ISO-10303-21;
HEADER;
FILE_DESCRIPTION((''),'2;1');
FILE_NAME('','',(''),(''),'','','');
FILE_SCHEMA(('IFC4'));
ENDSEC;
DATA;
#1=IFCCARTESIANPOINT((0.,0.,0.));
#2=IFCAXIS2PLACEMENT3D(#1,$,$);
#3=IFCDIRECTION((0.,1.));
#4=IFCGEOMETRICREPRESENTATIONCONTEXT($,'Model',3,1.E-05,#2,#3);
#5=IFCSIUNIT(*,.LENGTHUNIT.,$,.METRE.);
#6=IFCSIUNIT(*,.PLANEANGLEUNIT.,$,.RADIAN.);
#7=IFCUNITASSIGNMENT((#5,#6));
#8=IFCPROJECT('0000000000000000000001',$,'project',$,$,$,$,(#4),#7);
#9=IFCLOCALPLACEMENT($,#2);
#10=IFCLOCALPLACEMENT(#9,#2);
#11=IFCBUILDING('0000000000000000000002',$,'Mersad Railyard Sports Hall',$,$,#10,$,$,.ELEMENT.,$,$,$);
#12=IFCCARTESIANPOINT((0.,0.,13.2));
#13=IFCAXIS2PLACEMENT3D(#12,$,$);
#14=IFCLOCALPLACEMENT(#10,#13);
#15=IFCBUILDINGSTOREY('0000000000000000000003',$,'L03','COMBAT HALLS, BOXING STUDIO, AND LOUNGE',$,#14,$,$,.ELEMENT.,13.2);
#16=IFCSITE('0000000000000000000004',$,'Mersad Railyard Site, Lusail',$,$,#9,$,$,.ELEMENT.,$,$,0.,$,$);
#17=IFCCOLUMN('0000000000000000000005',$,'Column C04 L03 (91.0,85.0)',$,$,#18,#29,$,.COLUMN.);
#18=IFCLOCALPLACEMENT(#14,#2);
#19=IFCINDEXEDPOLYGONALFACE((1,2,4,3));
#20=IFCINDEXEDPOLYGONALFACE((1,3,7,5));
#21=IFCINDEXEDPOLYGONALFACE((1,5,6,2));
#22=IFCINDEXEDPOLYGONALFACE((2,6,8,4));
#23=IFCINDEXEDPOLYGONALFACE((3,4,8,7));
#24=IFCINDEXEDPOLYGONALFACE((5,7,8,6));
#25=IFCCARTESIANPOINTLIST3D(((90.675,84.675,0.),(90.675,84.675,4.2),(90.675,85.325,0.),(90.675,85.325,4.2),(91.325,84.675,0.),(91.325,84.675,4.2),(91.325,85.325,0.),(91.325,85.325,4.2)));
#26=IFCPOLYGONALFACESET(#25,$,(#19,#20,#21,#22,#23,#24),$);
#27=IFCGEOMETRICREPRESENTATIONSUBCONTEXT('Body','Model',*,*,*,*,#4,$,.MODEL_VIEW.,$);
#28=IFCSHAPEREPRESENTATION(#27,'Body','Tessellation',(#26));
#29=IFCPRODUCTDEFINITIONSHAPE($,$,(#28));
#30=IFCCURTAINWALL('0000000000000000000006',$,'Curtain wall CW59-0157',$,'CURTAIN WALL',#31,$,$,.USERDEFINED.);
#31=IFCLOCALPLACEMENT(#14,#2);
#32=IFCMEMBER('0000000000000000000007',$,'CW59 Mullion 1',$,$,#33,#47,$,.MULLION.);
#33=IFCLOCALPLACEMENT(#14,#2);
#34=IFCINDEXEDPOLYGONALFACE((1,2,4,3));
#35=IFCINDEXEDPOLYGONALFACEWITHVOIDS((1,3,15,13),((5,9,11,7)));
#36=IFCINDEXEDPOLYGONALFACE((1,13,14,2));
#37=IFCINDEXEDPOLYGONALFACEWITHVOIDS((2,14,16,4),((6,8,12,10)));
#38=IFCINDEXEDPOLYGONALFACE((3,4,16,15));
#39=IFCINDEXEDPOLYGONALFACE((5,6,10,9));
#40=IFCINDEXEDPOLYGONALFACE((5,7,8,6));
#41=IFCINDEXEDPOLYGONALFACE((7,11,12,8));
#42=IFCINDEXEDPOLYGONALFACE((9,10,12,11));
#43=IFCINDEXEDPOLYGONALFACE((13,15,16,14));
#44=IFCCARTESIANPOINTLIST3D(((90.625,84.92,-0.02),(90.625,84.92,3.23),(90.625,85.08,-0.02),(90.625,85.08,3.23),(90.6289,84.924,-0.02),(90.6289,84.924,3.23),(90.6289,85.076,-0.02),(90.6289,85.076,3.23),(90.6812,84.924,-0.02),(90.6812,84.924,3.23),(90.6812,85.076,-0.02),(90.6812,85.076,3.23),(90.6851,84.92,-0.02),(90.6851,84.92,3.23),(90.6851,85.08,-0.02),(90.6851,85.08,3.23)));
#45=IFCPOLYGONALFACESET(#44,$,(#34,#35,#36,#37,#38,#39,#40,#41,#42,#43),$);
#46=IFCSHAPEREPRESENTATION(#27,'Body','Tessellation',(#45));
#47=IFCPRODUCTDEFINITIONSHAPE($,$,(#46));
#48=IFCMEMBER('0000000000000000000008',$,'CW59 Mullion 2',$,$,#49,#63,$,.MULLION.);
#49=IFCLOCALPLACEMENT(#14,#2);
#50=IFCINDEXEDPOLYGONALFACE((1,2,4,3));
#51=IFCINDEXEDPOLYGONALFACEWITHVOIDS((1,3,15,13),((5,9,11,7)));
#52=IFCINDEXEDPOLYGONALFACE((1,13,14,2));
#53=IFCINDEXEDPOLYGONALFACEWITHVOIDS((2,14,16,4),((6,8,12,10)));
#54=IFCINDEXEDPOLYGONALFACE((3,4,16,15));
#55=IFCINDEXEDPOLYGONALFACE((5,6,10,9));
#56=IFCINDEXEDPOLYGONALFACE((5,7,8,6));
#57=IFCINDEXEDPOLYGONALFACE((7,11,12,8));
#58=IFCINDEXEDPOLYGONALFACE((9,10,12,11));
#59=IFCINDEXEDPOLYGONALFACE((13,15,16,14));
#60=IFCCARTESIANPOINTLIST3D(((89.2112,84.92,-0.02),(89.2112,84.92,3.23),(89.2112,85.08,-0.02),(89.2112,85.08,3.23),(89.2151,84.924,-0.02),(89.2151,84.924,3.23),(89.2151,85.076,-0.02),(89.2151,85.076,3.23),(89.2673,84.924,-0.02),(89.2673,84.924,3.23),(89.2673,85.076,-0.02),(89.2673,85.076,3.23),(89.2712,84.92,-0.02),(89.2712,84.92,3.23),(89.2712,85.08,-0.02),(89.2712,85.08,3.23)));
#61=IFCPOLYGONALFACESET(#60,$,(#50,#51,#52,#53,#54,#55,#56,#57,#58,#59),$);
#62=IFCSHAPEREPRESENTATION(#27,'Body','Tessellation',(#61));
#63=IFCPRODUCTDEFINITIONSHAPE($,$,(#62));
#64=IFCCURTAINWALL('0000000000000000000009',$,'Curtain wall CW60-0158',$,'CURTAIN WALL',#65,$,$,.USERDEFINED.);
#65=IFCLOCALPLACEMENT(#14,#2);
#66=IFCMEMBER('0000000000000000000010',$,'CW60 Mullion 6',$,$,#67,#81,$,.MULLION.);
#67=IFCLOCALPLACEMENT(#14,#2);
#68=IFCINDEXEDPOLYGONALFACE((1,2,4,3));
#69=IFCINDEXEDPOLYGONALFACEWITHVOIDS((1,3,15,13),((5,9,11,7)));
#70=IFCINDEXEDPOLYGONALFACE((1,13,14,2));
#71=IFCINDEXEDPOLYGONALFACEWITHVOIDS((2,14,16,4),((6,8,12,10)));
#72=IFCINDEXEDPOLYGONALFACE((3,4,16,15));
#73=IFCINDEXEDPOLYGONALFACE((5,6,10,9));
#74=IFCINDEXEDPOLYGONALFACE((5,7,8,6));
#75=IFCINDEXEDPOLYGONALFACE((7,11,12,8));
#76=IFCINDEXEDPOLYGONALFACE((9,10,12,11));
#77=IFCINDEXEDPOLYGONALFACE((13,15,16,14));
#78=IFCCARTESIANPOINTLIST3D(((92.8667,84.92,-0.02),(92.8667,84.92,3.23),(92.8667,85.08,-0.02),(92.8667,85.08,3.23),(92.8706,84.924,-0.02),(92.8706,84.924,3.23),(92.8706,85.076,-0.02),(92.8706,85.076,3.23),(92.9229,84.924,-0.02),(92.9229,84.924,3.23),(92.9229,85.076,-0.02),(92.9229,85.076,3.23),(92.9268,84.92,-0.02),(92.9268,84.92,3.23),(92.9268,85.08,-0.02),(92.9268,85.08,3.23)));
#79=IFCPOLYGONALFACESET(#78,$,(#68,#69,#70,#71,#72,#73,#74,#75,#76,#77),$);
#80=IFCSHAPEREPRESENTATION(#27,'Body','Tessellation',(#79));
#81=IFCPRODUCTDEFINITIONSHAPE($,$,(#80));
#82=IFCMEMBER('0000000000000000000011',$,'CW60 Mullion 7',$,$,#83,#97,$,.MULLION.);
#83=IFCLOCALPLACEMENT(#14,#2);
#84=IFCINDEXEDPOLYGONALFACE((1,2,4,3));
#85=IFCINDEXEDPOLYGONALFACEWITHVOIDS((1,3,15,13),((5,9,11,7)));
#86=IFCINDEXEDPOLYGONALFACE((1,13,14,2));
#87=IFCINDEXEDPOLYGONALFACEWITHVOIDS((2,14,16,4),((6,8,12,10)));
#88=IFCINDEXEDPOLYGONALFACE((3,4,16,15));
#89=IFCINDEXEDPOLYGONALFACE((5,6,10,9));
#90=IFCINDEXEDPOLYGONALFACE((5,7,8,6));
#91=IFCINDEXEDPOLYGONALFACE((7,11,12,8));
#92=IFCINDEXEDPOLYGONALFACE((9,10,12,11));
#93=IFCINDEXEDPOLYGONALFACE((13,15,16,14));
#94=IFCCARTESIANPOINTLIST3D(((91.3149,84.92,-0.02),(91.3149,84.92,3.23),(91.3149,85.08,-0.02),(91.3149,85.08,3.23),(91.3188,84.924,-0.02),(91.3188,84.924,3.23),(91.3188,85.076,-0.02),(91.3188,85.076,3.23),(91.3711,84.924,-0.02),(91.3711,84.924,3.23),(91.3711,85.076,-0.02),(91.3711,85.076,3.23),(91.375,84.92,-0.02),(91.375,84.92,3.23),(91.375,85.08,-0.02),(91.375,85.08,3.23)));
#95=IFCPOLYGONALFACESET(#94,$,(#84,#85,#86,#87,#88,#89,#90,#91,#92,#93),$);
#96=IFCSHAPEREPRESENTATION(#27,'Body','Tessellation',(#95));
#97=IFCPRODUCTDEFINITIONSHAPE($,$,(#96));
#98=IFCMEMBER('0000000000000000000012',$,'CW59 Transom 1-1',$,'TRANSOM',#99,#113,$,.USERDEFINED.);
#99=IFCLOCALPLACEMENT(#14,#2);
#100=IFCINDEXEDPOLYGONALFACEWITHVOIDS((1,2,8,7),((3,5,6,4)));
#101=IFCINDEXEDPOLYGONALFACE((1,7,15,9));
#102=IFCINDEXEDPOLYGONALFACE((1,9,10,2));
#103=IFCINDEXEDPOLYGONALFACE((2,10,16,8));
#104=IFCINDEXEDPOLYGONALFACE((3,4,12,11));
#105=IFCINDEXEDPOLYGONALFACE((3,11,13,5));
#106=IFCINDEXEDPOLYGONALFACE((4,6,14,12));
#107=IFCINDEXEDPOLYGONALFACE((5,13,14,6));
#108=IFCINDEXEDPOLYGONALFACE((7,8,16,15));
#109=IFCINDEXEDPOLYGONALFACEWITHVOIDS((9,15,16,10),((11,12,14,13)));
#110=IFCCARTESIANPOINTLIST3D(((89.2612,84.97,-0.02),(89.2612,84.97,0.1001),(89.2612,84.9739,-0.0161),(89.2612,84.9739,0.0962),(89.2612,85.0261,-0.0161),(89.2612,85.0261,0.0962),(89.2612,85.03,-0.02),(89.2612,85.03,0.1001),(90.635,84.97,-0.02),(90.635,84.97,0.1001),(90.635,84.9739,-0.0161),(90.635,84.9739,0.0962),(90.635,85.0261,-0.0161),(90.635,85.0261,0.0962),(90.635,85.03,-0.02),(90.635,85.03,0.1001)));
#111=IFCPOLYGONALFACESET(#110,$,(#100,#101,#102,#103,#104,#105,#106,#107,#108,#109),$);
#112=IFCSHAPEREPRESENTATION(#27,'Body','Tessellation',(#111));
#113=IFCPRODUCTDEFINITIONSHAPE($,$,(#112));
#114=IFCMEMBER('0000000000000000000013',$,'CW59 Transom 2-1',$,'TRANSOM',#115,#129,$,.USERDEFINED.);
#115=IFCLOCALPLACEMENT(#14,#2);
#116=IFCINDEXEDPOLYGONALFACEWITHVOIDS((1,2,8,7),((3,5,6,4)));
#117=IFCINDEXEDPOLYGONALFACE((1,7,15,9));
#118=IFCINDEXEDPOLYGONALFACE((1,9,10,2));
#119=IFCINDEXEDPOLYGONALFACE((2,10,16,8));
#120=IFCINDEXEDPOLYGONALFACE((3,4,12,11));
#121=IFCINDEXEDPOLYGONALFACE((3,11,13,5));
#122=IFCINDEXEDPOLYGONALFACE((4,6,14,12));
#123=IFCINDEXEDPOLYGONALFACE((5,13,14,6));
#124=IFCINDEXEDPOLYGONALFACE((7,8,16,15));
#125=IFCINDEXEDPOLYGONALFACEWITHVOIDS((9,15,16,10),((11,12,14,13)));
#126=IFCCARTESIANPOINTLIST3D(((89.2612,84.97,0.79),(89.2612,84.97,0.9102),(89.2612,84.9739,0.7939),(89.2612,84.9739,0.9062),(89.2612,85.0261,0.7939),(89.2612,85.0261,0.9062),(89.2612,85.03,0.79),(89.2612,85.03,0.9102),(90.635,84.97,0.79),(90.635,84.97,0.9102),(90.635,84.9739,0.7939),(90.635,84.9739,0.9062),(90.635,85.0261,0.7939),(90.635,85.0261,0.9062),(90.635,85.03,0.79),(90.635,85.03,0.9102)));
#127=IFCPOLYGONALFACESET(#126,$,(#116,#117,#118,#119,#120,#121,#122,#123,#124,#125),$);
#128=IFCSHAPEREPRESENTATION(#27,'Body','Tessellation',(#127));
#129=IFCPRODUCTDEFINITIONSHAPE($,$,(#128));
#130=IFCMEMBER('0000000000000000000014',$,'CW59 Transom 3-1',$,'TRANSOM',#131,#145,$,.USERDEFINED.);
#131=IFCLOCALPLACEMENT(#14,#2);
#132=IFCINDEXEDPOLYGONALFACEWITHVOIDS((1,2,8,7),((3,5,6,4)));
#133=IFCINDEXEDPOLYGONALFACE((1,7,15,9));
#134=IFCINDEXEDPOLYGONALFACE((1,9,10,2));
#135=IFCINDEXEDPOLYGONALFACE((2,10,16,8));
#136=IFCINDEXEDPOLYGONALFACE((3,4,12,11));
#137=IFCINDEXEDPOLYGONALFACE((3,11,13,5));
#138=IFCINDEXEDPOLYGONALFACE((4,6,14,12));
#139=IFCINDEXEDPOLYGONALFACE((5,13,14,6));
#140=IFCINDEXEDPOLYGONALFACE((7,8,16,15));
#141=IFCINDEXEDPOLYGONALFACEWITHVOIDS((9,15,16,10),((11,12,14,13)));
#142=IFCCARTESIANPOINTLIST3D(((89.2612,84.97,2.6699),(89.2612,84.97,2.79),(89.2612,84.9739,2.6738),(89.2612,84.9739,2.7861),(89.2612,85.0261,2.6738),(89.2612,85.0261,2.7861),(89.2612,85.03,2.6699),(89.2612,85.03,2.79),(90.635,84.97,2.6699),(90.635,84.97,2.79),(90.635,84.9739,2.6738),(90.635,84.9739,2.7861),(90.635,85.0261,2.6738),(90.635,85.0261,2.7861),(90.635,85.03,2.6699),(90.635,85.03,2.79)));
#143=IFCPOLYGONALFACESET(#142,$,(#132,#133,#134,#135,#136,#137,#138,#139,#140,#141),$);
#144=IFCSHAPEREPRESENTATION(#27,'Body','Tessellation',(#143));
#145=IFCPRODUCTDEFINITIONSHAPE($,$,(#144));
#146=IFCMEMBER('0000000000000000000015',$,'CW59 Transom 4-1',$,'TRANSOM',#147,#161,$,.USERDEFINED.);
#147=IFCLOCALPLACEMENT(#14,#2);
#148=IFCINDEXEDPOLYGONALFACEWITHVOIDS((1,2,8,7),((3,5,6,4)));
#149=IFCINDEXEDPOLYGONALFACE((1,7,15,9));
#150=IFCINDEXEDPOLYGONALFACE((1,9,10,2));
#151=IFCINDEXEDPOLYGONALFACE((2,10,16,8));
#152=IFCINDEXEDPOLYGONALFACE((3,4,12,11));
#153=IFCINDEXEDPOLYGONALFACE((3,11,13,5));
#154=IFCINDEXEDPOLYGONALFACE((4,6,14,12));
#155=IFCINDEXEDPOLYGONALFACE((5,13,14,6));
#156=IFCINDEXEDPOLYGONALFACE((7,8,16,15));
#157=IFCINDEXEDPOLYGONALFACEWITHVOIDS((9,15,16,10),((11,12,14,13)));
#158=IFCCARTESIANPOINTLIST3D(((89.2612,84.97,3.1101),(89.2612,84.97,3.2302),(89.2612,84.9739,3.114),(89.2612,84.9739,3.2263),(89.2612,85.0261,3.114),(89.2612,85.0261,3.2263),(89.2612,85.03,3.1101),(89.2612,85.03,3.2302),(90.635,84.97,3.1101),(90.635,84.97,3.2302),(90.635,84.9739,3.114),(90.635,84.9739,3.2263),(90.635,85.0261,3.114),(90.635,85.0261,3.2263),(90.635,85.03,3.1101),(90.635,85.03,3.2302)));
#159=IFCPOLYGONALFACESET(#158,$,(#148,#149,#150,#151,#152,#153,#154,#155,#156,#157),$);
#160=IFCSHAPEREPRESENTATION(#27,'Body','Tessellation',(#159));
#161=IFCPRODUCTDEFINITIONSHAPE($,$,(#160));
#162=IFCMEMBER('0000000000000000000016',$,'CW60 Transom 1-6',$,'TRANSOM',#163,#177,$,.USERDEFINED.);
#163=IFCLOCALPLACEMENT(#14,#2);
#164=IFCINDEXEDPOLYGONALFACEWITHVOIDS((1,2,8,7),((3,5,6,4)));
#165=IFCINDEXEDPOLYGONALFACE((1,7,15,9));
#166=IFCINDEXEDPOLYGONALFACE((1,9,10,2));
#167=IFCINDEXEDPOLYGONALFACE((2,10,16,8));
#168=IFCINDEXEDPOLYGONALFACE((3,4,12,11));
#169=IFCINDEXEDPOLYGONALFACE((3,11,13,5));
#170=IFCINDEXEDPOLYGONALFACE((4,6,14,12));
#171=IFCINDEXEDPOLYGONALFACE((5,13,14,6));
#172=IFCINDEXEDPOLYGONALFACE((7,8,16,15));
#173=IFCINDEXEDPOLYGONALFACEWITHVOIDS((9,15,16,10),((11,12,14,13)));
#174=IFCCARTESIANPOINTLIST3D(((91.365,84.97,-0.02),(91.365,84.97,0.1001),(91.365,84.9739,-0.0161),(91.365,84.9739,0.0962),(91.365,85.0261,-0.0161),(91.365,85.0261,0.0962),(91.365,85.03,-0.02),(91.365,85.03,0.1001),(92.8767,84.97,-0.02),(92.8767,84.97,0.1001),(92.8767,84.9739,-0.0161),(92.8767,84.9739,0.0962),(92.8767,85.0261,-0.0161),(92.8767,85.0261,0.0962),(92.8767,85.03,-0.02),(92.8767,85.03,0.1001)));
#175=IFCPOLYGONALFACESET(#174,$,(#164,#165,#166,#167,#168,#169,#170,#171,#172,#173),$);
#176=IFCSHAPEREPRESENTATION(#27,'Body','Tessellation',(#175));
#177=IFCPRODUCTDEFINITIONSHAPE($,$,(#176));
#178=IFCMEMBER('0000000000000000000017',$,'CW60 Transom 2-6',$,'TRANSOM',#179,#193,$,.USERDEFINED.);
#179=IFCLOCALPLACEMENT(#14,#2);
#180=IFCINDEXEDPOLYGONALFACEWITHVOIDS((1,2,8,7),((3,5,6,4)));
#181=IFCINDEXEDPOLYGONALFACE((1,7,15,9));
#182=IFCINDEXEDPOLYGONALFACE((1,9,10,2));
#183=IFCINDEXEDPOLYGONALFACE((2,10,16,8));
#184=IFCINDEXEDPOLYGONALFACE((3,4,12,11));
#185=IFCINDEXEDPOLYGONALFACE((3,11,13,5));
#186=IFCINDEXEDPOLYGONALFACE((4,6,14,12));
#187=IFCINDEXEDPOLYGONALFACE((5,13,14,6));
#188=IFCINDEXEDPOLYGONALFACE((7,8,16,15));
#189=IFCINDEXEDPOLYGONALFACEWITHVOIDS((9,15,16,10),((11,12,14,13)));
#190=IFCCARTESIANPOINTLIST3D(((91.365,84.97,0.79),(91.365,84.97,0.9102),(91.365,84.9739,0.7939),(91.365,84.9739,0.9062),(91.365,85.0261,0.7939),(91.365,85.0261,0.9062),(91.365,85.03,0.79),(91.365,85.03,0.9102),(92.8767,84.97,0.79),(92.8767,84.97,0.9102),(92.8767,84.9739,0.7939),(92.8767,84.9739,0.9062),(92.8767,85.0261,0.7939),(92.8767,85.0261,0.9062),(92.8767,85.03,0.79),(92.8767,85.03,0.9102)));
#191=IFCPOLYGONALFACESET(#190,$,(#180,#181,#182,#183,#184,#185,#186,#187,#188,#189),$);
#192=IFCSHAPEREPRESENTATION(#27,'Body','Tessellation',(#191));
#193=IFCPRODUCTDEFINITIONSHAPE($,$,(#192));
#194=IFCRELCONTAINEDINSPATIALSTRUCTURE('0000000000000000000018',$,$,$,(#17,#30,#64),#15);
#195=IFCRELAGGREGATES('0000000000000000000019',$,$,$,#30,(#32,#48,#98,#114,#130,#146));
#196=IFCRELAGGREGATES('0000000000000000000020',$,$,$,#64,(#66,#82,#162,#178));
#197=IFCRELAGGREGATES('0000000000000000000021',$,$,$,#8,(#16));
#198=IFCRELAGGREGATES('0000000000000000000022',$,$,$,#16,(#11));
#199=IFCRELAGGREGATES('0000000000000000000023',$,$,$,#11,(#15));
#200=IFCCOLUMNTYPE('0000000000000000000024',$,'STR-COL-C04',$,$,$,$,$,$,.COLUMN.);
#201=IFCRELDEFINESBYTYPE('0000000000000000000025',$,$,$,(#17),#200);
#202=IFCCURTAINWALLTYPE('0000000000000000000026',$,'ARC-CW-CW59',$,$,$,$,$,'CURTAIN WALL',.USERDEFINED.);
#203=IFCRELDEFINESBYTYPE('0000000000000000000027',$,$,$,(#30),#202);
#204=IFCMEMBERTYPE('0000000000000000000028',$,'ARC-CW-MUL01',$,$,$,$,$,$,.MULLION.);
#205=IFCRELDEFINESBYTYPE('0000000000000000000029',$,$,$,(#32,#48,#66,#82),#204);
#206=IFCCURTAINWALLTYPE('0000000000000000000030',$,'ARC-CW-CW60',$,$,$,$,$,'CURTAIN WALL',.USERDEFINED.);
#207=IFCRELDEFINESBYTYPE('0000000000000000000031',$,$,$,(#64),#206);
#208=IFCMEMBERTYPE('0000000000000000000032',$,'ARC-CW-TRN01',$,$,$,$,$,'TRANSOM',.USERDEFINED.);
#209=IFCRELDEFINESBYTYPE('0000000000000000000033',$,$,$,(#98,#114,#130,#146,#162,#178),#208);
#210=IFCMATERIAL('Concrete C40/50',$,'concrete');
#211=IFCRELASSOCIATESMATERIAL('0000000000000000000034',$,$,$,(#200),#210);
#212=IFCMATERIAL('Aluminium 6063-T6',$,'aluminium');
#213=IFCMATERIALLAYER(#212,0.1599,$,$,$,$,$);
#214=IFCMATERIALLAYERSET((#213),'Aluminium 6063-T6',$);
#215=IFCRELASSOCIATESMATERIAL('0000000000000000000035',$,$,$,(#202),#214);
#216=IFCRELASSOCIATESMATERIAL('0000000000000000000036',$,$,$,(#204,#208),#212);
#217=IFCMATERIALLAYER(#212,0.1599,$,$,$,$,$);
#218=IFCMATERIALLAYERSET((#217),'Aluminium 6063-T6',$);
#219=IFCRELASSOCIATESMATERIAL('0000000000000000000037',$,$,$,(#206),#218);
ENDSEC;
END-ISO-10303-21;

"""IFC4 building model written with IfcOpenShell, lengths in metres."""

from ifc_helpers import new_model, si_unit, direction, frame, origin, origin_2d, place, context, subcontext, project, spatial, rectangle, hollow_rectangle, extrude, material, layer, layer_set, material_profile, profile_set, type_object, element, aggregate, save


model = new_model("IFC4")

# Units and contexts
model_context = context("Model", 3, precision=1e-05, world=origin(), true_north=direction((0.0, 1.0)))
body_context = subcontext(model_context, "Body", "Model", "MODEL_VIEW")
ifc_project = project(units=[si_unit("LENGTHUNIT", "METRE"), si_unit("PLANEANGLEUNIT", "RADIAN")], contexts=[model_context])

# Site, building, storey
site_placement = place(None, origin())
site = spatial("IfcSite", under=ifc_project, at=site_placement, Name="Mersad Railyard Site, Lusail", CompositionType="ELEMENT", RefElevation=0.0)
building_placement = place(site_placement, origin())
building = spatial("IfcBuilding", under=site, at=building_placement, Name="Mersad Railyard Sports Hall", CompositionType="ELEMENT")
storey_placement = place(building_placement, frame((0.0, 0.0, 13.2)))
storey = spatial("IfcBuildingStorey", under=building, at=storey_placement, Name="L03", Description="COMBAT HALLS, BOXING STUDIO, AND LOUNGE", CompositionType="ELEMENT", Elevation=13.2)

# Column
ifc_material_1 = material(Name="Concrete C40/50", Category="concrete")
ifc_material_profile_1 = material_profile(ifc_material_1, rectangle(XDim=0.6499, YDim=0.6499, at=origin_2d()), Name="RC 650x650")
ifc_profile_set_1 = profile_set([ifc_material_profile_1], Name="Concrete C40/50")
column_type = type_object("IfcColumnType", Name="STR-COL-C04", PredefinedType="COLUMN", material=ifc_profile_set_1)
column_placement = place(storey_placement, frame((91.0, 85.0, 0.0), z_axis=(0.0, 0.0, 1.0), x_axis=(1.0, 0.0, 0.0)))
element("IfcColumn", 1, at=column_placement, inside=storey, type_object=column_type, Name="Column C04 L03 (91.0,85.0)", PredefinedType="COLUMN", context=body_context, shape_type="SweptSolid", body=[
    extrude(rectangle(XDim=0.6499, YDim=0.6499, at=origin_2d()), origin(), (0.0, 0.0, 1.0), 4.2),
])

# Curtain walls, members
ifc_material_2 = material(Name="Aluminium 6063-T6", Category="aluminium")
ifc_layer_1 = layer(ifc_material_2, 0.1599)
ifc_layer_set_1 = layer_set([ifc_layer_1], Name="Aluminium 6063-T6")
curtain_wall_type_1 = type_object("IfcCurtainWallType", Name="ARC-CW-CW59", ElementType="CURTAIN WALL", PredefinedType="USERDEFINED", material=ifc_layer_set_1)
curtain_wall_1_placement = place(storey_placement, origin())
curtain_wall_1 = element("IfcCurtainWall", 2, at=curtain_wall_1_placement, inside=storey, type_object=curtain_wall_type_1, Name="Curtain wall CW59-0157", ObjectType="CURTAIN WALL", PredefinedType="USERDEFINED")
ifc_material_profile_2 = material_profile(ifc_material_2, hollow_rectangle(XDim=0.0601, YDim=0.1599, WallThickness=0.0039, at=origin_2d()), Name="AL MULLION 60x160x4")
ifc_profile_set_2 = profile_set([ifc_material_profile_2], Name="Aluminium 6063-T6")
member_type_1 = type_object("IfcMemberType", Name="ARC-CW-MUL01", PredefinedType="MULLION", material=ifc_profile_set_2)
member_1_placement = place(storey_placement, frame((90.655, 85.0, -0.02), z_axis=(0.0, 0.0, 1.0), x_axis=(1.0, 0.0, 0.0)))
member_1 = element("IfcMember", 3, at=member_1_placement, type_object=member_type_1, Name="CW59 Mullion 1", PredefinedType="MULLION", context=body_context, shape_type="SweptSolid", body=[
    extrude(hollow_rectangle(XDim=0.0601, YDim=0.1599, WallThickness=0.0039, at=origin_2d()), origin(), (0.0, 0.0, 1.0), 3.25),
])
member_2_placement = place(storey_placement, frame((89.2412, 85.0, -0.02), z_axis=(0.0, 0.0, 1.0), x_axis=(1.0, 0.0, 0.0)))
member_2 = element("IfcMember", 4, at=member_2_placement, type_object=member_type_1, Name="CW59 Mullion 2", PredefinedType="MULLION", context=body_context, shape_type="SweptSolid", body=[
    extrude(hollow_rectangle(XDim=0.0601, YDim=0.1599, WallThickness=0.0039, at=origin_2d()), origin(), (0.0, 0.0, 1.0), 3.25),
])
ifc_layer_2 = layer(ifc_material_2, 0.1599)
ifc_layer_set_2 = layer_set([ifc_layer_2], Name="Aluminium 6063-T6")
curtain_wall_type_2 = type_object("IfcCurtainWallType", Name="ARC-CW-CW60", ElementType="CURTAIN WALL", PredefinedType="USERDEFINED", material=ifc_layer_set_2)
curtain_wall_2_placement = place(storey_placement, origin())
curtain_wall_2 = element("IfcCurtainWall", 5, at=curtain_wall_2_placement, inside=storey, type_object=curtain_wall_type_2, Name="Curtain wall CW60-0158", ObjectType="CURTAIN WALL", PredefinedType="USERDEFINED")
member_3_placement = place(storey_placement, frame((92.8967, 85.0, -0.02), z_axis=(0.0, 0.0, 1.0), x_axis=(1.0, 0.0, 0.0)))
member_3 = element("IfcMember", 6, at=member_3_placement, type_object=member_type_1, Name="CW60 Mullion 6", PredefinedType="MULLION", context=body_context, shape_type="SweptSolid", body=[
    extrude(hollow_rectangle(XDim=0.0601, YDim=0.1599, WallThickness=0.0039, at=origin_2d()), origin(), (0.0, 0.0, 1.0), 3.25),
])
member_4_placement = place(storey_placement, frame((91.345, 85.0, -0.02), z_axis=(0.0, 0.0, 1.0), x_axis=(1.0, 0.0, 0.0)))
member_4 = element("IfcMember", 7, at=member_4_placement, type_object=member_type_1, Name="CW60 Mullion 7", PredefinedType="MULLION", context=body_context, shape_type="SweptSolid", body=[
    extrude(hollow_rectangle(XDim=0.0601, YDim=0.1599, WallThickness=0.0039, at=origin_2d()), origin(), (0.0, 0.0, 1.0), 3.25),
])

# Members
ifc_material_profile_3 = material_profile(ifc_material_2, hollow_rectangle(XDim=0.0601, YDim=0.1201, WallThickness=0.0039, at=origin_2d()), Name="AL TRANSOM 60x120x4")
ifc_profile_set_3 = profile_set([ifc_material_profile_3], Name="Aluminium 6063-T6")
member_type_2 = type_object("IfcMemberType", Name="ARC-CW-TRN01", ElementType="TRANSOM", PredefinedType="USERDEFINED", material=ifc_profile_set_3)
member_5_placement = place(storey_placement, frame((90.635, 85.0, 0.04), z_axis=(-1.0, 0.0, 0.0), x_axis=(0.0, -1.0, 0.0)))
member_5 = element("IfcMember", 8, at=member_5_placement, type_object=member_type_2, Name="CW59 Transom 1-1", ObjectType="TRANSOM", PredefinedType="USERDEFINED", context=body_context, shape_type="SweptSolid", body=[
    extrude(hollow_rectangle(XDim=0.0601, YDim=0.1201, WallThickness=0.0039, at=origin_2d()), origin(), (0.0, 0.0, 1.0), 1.3738),
])
member_6_placement = place(storey_placement, frame((90.635, 85.0, 0.8501), z_axis=(-1.0, 0.0, 0.0), x_axis=(0.0, -1.0, 0.0)))
member_6 = element("IfcMember", 9, at=member_6_placement, type_object=member_type_2, Name="CW59 Transom 2-1", ObjectType="TRANSOM", PredefinedType="USERDEFINED", context=body_context, shape_type="SweptSolid", body=[
    extrude(hollow_rectangle(XDim=0.0601, YDim=0.1201, WallThickness=0.0039, at=origin_2d()), origin(), (0.0, 0.0, 1.0), 1.3738),
])
member_7_placement = place(storey_placement, frame((90.635, 85.0, 2.73), z_axis=(-1.0, 0.0, 0.0), x_axis=(0.0, -1.0, 0.0)))
member_7 = element("IfcMember", 10, at=member_7_placement, type_object=member_type_2, Name="CW59 Transom 3-1", ObjectType="TRANSOM", PredefinedType="USERDEFINED", context=body_context, shape_type="SweptSolid", body=[
    extrude(hollow_rectangle(XDim=0.0601, YDim=0.1201, WallThickness=0.0039, at=origin_2d()), origin(), (0.0, 0.0, 1.0), 1.3738),
])
member_8_placement = place(storey_placement, frame((90.635, 85.0, 3.1702), z_axis=(-1.0, 0.0, 0.0), x_axis=(0.0, -1.0, 0.0)))
member_8 = element("IfcMember", 11, at=member_8_placement, type_object=member_type_2, Name="CW59 Transom 4-1", ObjectType="TRANSOM", PredefinedType="USERDEFINED", context=body_context, shape_type="SweptSolid", body=[
    extrude(hollow_rectangle(XDim=0.0601, YDim=0.1201, WallThickness=0.0039, at=origin_2d()), origin(), (0.0, 0.0, 1.0), 1.3738),
])
member_9_placement = place(storey_placement, frame((92.8767, 85.0, 0.04), z_axis=(-1.0, 0.0, 0.0), x_axis=(0.0, -1.0, 0.0)))
member_9 = element("IfcMember", 12, at=member_9_placement, type_object=member_type_2, Name="CW60 Transom 1-6", ObjectType="TRANSOM", PredefinedType="USERDEFINED", context=body_context, shape_type="SweptSolid", body=[
    extrude(hollow_rectangle(XDim=0.0601, YDim=0.1201, WallThickness=0.0039, at=origin_2d()), origin(), (0.0, 0.0, 1.0), 1.5117),
])
member_10_placement = place(storey_placement, frame((92.8767, 85.0, 0.8501), z_axis=(-1.0, 0.0, 0.0), x_axis=(0.0, -1.0, 0.0)))
member_10 = element("IfcMember", 13, at=member_10_placement, type_object=member_type_2, Name="CW60 Transom 2-6", ObjectType="TRANSOM", PredefinedType="USERDEFINED", context=body_context, shape_type="SweptSolid", body=[
    extrude(hollow_rectangle(XDim=0.0601, YDim=0.1201, WallThickness=0.0039, at=origin_2d()), origin(), (0.0, 0.0, 1.0), 1.5117),
])

aggregate(curtain_wall_1, [member_1, member_2, member_5, member_6, member_7, member_8])
aggregate(curtain_wall_2, [member_3, member_4, member_9, member_10])

save(model, "model.ifc")
